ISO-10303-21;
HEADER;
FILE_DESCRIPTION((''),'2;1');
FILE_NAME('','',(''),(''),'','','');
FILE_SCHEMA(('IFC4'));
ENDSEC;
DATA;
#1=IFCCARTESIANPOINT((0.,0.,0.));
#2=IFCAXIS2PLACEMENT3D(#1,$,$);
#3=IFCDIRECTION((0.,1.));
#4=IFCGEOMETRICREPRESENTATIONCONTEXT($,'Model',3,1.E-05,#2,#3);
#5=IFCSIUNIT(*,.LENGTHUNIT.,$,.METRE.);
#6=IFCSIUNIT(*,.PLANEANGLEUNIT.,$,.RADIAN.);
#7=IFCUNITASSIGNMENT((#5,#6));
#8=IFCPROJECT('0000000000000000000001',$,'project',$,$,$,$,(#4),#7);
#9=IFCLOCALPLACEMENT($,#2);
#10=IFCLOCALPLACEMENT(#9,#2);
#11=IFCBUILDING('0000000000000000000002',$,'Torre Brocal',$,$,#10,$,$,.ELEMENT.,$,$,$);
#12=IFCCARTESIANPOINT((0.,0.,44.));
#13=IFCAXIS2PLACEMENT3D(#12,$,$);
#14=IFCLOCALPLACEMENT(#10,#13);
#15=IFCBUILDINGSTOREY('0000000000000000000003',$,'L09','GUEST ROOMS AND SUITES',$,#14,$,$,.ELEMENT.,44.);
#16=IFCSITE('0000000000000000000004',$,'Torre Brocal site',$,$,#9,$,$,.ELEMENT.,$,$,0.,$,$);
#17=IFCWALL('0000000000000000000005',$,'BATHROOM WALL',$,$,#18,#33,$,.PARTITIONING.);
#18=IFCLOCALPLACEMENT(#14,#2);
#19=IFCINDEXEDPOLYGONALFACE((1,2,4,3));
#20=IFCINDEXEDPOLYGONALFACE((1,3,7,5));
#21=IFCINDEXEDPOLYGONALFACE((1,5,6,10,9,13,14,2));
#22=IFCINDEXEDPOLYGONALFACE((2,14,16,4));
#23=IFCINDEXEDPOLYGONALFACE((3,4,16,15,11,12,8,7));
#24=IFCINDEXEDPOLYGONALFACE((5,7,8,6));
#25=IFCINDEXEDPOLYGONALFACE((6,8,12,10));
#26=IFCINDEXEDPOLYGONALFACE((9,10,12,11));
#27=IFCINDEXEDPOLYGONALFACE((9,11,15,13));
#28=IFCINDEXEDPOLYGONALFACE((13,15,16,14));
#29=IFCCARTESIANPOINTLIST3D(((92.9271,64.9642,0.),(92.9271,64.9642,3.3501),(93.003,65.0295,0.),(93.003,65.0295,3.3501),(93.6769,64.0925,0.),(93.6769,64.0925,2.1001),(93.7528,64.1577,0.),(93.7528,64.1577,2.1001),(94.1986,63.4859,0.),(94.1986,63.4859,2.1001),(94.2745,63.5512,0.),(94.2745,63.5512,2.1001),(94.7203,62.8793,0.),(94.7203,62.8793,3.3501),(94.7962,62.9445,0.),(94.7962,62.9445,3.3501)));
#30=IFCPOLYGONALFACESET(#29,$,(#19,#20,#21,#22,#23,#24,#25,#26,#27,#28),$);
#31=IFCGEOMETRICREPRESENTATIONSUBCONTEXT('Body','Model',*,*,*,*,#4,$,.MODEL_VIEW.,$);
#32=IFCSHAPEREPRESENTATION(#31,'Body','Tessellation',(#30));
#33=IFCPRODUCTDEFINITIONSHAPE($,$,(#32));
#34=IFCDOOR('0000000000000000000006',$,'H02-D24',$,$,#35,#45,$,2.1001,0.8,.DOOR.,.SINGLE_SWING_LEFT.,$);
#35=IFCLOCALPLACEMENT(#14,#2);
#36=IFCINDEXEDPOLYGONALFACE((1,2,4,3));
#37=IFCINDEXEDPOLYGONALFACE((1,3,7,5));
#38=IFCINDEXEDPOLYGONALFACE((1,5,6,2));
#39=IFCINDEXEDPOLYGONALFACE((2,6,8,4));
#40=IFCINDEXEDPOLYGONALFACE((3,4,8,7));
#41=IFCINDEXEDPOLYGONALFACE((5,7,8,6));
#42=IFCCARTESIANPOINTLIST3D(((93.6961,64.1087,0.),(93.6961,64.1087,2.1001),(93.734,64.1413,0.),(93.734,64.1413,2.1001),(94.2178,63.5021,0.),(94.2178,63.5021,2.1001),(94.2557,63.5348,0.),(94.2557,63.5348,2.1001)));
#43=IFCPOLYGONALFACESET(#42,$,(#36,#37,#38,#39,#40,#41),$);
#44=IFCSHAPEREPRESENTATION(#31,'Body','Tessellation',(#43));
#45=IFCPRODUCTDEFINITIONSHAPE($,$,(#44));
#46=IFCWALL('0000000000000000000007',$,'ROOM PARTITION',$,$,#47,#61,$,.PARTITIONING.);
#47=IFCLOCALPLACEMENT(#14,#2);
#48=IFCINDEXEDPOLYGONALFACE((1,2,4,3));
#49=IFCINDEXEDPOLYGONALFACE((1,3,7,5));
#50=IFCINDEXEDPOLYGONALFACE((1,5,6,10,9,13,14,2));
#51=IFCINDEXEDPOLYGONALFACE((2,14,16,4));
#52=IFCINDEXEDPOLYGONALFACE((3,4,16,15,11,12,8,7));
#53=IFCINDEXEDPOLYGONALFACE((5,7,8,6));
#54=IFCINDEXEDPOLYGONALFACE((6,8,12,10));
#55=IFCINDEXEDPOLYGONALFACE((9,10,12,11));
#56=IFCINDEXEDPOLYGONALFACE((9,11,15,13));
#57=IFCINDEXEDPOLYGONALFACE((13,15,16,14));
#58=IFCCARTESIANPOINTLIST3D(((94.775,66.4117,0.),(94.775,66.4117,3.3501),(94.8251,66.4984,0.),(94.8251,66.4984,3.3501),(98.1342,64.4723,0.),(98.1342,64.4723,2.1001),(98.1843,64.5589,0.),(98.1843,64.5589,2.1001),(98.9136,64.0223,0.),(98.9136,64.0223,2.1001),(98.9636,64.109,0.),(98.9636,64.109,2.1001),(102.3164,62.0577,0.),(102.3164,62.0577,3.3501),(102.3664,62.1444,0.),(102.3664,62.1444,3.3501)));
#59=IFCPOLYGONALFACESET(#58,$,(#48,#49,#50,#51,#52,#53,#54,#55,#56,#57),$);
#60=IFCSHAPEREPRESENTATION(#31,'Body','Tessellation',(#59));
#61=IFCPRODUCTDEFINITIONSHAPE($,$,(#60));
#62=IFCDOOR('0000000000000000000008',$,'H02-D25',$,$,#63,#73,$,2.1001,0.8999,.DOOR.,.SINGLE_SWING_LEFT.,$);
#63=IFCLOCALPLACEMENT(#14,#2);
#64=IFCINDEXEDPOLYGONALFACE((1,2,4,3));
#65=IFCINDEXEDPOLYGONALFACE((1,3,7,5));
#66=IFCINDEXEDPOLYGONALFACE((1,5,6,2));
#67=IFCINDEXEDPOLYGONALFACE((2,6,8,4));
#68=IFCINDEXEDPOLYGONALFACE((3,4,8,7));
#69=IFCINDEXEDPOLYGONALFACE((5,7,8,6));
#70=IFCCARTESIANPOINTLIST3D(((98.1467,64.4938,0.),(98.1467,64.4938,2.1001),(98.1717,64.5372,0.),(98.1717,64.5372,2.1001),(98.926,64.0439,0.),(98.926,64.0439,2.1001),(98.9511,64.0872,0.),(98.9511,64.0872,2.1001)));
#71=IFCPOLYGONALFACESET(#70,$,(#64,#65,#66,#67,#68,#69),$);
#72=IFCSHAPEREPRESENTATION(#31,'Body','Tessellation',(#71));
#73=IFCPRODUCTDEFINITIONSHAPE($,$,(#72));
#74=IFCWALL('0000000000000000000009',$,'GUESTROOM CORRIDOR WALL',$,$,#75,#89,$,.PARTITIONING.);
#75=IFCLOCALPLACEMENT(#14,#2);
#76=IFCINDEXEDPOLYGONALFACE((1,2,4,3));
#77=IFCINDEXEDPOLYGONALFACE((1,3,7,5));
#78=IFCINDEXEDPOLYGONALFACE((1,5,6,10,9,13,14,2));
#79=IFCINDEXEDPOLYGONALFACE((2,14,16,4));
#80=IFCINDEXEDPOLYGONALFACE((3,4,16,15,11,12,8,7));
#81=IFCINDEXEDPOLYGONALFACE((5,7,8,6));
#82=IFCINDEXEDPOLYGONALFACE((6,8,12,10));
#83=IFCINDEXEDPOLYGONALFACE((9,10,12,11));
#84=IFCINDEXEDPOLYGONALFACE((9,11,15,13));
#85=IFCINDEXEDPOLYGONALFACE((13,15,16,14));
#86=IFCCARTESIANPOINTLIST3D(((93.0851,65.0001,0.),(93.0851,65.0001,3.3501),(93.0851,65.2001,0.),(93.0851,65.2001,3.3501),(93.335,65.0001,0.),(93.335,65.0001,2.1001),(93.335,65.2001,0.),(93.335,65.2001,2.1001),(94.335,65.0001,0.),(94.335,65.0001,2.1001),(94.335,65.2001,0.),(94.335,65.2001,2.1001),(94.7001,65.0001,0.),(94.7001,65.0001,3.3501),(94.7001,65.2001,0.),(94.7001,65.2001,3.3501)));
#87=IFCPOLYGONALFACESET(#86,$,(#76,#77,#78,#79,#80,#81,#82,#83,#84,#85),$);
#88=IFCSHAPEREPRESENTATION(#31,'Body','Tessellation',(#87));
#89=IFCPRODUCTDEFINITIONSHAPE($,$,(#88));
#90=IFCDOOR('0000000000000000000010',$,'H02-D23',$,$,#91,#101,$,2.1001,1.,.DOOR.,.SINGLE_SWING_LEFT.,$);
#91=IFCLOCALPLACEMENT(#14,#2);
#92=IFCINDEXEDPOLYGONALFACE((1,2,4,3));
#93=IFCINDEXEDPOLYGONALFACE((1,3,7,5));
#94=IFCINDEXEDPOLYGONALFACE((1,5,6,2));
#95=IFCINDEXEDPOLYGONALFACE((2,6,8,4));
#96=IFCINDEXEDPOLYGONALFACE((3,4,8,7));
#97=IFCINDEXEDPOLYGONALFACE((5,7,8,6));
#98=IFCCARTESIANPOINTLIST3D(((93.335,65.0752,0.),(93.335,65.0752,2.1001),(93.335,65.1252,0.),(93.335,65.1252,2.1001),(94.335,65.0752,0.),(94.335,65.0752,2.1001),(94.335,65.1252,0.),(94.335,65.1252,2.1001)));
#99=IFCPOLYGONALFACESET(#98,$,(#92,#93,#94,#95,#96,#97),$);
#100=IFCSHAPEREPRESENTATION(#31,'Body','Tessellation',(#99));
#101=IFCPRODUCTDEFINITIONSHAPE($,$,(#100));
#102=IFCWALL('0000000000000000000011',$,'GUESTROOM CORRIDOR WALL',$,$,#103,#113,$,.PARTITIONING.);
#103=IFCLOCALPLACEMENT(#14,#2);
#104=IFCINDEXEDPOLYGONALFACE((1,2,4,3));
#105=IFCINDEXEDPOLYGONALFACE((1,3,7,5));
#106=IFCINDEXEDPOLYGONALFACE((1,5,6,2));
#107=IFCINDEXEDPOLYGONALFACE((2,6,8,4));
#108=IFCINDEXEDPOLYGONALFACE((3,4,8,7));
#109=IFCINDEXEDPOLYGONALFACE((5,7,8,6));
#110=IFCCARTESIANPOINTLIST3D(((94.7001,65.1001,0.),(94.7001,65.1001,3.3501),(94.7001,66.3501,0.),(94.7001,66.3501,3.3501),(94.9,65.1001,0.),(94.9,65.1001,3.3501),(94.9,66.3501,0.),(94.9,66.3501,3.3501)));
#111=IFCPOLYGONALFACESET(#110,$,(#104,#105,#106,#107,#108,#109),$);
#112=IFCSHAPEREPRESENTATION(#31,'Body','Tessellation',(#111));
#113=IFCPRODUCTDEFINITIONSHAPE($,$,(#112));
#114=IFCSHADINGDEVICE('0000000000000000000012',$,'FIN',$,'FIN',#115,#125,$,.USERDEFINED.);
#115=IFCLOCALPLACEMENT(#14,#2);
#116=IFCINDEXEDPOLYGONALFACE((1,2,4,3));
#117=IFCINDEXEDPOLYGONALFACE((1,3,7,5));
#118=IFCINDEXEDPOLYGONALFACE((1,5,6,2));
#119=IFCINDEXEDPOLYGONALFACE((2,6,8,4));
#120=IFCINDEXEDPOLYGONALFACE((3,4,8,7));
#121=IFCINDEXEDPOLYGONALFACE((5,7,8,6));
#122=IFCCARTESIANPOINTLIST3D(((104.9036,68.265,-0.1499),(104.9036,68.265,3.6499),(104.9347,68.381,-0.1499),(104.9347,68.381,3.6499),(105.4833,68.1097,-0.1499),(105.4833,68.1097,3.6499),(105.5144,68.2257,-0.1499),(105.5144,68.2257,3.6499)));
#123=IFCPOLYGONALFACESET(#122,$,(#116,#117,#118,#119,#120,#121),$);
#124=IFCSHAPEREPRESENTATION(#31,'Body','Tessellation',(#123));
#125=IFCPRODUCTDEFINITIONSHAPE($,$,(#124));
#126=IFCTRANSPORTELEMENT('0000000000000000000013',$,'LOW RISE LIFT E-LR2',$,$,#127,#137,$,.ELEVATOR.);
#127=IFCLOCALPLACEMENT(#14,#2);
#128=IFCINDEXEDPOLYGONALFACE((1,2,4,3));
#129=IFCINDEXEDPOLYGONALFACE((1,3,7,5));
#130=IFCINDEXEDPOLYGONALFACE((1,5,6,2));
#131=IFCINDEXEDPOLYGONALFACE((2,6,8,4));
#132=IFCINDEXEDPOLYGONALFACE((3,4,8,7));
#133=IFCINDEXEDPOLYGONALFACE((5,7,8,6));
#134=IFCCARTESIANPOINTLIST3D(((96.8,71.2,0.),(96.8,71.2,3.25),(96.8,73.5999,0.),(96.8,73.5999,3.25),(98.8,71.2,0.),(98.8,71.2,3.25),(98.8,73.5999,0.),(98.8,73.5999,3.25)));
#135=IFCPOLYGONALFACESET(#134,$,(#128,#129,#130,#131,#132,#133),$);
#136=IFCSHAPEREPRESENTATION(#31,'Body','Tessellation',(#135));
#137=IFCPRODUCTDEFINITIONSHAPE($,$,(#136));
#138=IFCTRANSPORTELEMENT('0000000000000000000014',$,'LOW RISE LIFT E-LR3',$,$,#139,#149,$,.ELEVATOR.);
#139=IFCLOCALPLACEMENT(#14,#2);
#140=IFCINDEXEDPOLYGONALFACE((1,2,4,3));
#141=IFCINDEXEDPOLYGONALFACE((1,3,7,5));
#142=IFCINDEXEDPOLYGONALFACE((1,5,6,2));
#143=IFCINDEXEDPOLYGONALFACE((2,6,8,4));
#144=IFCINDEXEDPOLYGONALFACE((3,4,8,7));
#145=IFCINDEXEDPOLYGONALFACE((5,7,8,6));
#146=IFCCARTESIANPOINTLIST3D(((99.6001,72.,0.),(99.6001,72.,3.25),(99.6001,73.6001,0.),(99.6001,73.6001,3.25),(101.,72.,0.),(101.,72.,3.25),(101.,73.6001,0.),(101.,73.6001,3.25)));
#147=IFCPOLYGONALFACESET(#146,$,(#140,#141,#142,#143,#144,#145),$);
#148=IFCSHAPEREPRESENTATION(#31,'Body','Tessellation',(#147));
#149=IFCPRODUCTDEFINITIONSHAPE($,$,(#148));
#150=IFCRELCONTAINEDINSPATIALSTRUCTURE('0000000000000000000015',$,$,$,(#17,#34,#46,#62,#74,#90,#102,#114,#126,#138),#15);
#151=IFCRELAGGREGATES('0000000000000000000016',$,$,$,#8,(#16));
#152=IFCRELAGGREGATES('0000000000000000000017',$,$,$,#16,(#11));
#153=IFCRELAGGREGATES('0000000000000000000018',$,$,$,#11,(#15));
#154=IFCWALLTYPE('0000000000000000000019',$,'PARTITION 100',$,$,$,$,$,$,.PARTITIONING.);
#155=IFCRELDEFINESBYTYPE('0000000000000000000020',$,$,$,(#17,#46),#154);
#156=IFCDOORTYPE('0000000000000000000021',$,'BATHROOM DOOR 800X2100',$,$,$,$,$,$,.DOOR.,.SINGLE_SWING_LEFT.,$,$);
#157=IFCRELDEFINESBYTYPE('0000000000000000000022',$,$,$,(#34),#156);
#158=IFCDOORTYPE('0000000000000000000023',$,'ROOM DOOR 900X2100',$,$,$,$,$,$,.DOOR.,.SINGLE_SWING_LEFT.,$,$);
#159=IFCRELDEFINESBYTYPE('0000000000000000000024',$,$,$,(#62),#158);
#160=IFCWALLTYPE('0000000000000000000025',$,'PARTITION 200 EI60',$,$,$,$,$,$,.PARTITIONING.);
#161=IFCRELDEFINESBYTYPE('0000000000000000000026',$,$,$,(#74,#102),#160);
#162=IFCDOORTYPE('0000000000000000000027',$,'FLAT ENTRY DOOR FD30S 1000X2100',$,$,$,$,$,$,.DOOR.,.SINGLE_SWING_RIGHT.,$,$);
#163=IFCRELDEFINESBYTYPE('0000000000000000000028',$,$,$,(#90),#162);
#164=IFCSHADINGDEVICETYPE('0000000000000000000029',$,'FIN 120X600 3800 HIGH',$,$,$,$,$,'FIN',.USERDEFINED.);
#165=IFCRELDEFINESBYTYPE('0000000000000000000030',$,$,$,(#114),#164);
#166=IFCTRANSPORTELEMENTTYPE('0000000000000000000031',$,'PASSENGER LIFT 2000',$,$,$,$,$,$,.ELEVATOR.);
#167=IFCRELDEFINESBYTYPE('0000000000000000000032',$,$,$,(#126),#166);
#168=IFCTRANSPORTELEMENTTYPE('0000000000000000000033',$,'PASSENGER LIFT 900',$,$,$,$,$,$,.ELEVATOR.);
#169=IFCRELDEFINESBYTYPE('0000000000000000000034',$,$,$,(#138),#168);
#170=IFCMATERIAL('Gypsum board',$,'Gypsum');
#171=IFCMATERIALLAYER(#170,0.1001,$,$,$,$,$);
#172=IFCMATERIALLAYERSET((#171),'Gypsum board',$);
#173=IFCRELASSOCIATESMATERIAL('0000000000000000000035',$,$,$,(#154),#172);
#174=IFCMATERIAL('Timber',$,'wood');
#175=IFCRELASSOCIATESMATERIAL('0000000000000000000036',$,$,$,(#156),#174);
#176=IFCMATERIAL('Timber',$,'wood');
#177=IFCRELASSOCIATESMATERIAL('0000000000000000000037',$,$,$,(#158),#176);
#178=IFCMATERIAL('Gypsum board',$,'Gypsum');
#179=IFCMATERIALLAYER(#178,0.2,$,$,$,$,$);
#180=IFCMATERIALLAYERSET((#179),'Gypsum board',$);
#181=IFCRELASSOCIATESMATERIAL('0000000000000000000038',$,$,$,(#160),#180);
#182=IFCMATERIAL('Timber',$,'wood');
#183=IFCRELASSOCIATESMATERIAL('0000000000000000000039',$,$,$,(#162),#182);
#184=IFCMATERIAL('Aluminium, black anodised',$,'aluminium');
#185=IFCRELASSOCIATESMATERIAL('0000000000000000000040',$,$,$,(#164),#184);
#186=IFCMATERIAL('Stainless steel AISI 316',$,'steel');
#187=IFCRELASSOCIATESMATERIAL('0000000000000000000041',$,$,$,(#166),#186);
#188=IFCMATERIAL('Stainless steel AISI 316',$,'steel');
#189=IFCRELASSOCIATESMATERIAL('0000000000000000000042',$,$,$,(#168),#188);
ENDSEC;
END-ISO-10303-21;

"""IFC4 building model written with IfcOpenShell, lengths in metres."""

from ifc_helpers import new_model, si_unit, direction, frame, frame_2d, origin, origin_2d, place, context, subcontext, project, spatial, rectangle, extrude, material, layer, layer_set, material_profile, profile_set, type_object, element, fill, save


model = new_model("IFC4")

# Units and contexts
model_context = context("Model", 3, precision=1e-05, world=origin(), true_north=direction((0.0, 1.0)))
body_context = subcontext(model_context, "Body", "Model", "MODEL_VIEW")
ifc_project = project(units=[si_unit("LENGTHUNIT", "METRE"), si_unit("PLANEANGLEUNIT", "RADIAN")], contexts=[model_context])

# Site, building, storey
site_placement = place(None, origin())
site = spatial("IfcSite", under=ifc_project, at=site_placement, Name="Torre Brocal site", CompositionType="ELEMENT", RefElevation=0.0)
building_placement = place(site_placement, origin())
building = spatial("IfcBuilding", under=site, at=building_placement, Name="Torre Brocal", CompositionType="ELEMENT")
storey_placement = place(building_placement, frame((0.0, 0.0, 44.0)))
storey = spatial("IfcBuildingStorey", under=building, at=storey_placement, Name="L09", Description="GUEST ROOMS AND SUITES", CompositionType="ELEMENT", Elevation=44.0)

# Walls, openings, doors
ifc_material_1 = material(Name="Gypsum board", Category="Gypsum")
ifc_layer_1 = layer(ifc_material_1, 0.1001)
ifc_layer_set_1 = layer_set([ifc_layer_1], Name="Gypsum board")
wall_type_1 = type_object("IfcWallType", Name="PARTITION 100", PredefinedType="PARTITIONING", material=ifc_layer_set_1)
wall_1_placement = place(storey_placement, frame((92.9651, 64.9968, 0.0), z_axis=(0.0, 0.0, 1.0), x_axis=(0.65207, -0.758159, 0.0)))
wall_1 = element("IfcWall", 1, at=wall_1_placement, inside=storey, type_object=wall_type_1, Name="BATHROOM WALL", PredefinedType="PARTITIONING", context=body_context, shape_type="SweptSolid", body=[
    extrude(rectangle(XDim=2.75, YDim=0.1001, at=frame_2d((1.375, 0.0))), origin(), (0.0, 0.0, 1.0), 3.3501),
])
opening_1_placement = place(wall_1_placement, frame((1.1499, 0.0, 0.0)))
opening_1 = element("IfcOpeningElement", 2, at=opening_1_placement, cuts=wall_1, PredefinedType="OPENING", context=body_context, shape_type="SweptSolid", body=[
    extrude(rectangle(XDim=0.8, YDim=2.1001, at=frame_2d((0.3999, 1.05))), frame((0.0, 0.0601, 0.0), z_axis=(0.0, -1.0, 0.0), x_axis=(1.0, 0.0, 0.0)), (0.0, 0.0, 1.0), 0.1201),
])
ifc_material_2 = material(Name="Timber", Category="wood")
door_type_1 = type_object("IfcDoorType", Name="BATHROOM DOOR 800X2100", OperationType="SINGLE_SWING_LEFT", PredefinedType="DOOR", material=ifc_material_2)
door_1_placement = place(opening_1_placement, frame((0.8, 0.0, 0.0), z_axis=(0.0, 0.0, 1.0), x_axis=(-1.0, 0.0, 0.0)))
door_1 = element("IfcDoor", 3, at=door_1_placement, inside=storey, type_object=door_type_1, Name="H02-D24", OperationType="SINGLE_SWING_LEFT", OverallHeight=2.1001, OverallWidth=0.8, PredefinedType="DOOR", context=body_context, shape_type="SweptSolid", body=[
    extrude(rectangle(XDim=0.8, YDim=2.1001, at=frame_2d((0.3999, 1.05))), frame((0.0, 0.0249, 0.0), z_axis=(0.0, -1.0, 0.0), x_axis=(1.0, 0.0, 0.0)), (0.0, 0.0, 1.0), 0.05),
])
fill(opening_1, door_1)
wall_2_placement = place(storey_placement, frame((94.8, 66.4551, 0.0), z_axis=(0.0, 0.0, 1.0), x_axis=(0.866023, -0.500005, 0.0)))
wall_2 = element("IfcWall", 4, at=wall_2_placement, inside=storey, type_object=wall_type_1, Name="ROOM PARTITION", PredefinedType="PARTITIONING", context=body_context, shape_type="SweptSolid", body=[
    extrude(rectangle(XDim=8.708, YDim=0.1001, at=frame_2d((4.354, 0.0))), origin(), (0.0, 0.0, 1.0), 3.3501),
])
opening_2_placement = place(wall_2_placement, frame((3.8789, 0.0, 0.0)))
opening_2 = element("IfcOpeningElement", 5, at=opening_2_placement, cuts=wall_2, PredefinedType="OPENING", context=body_context, shape_type="SweptSolid", body=[
    extrude(rectangle(XDim=0.8999, YDim=2.1001, at=frame_2d((0.45, 1.05))), frame((0.0, 0.0601, 0.0), z_axis=(0.0, -1.0, 0.0), x_axis=(1.0, 0.0, 0.0)), (0.0, 0.0, 1.0), 0.1201),
])
ifc_material_3 = material(Name="Timber", Category="wood")
door_type_2 = type_object("IfcDoorType", Name="ROOM DOOR 900X2100", OperationType="SINGLE_SWING_LEFT", PredefinedType="DOOR", material=ifc_material_3)
door_2_placement = place(opening_2_placement, origin())
door_2 = element("IfcDoor", 6, at=door_2_placement, inside=storey, type_object=door_type_2, Name="H02-D25", OperationType="SINGLE_SWING_LEFT", OverallHeight=2.1001, OverallWidth=0.8999, PredefinedType="DOOR", context=body_context, shape_type="SweptSolid", body=[
    extrude(rectangle(XDim=0.8999, YDim=2.1001, at=frame_2d((0.45, 1.05))), frame((0.0, 0.0249, 0.0), z_axis=(0.0, -1.0, 0.0), x_axis=(1.0, 0.0, 0.0)), (0.0, 0.0, 1.0), 0.05),
])
fill(opening_2, door_2)
ifc_material_4 = material(Name="Gypsum board", Category="Gypsum")
ifc_layer_2 = layer(ifc_material_4, 0.2)
ifc_layer_set_2 = layer_set([ifc_layer_2], Name="Gypsum board")
wall_type_2 = type_object("IfcWallType", Name="PARTITION 200 EI60", PredefinedType="PARTITIONING", material=ifc_layer_set_2)
wall_3_placement = place(storey_placement, frame((93.085, 65.1001, 0.0), z_axis=(0.0, 0.0, 1.0), x_axis=(1.0, 0.0, 0.0)))
wall_3 = element("IfcWall", 7, at=wall_3_placement, inside=storey, type_object=wall_type_2, Name="GUESTROOM CORRIDOR WALL", PredefinedType="PARTITIONING", context=body_context, shape_type="SweptSolid", body=[
    extrude(rectangle(XDim=1.615, YDim=0.2, at=frame_2d((0.8076, 0.0))), origin(), (0.0, 0.0, 1.0), 3.3501),
])
opening_3_placement = place(wall_3_placement, frame((0.25, 0.0, 0.0)))
opening_3 = element("IfcOpeningElement", 8, at=opening_3_placement, cuts=wall_3, PredefinedType="OPENING", context=body_context, shape_type="SweptSolid", body=[
    extrude(rectangle(XDim=1.0, YDim=2.1001, at=frame_2d((0.5, 1.05))), frame((0.0, 0.1099, 0.0), z_axis=(0.0, -1.0, 0.0), x_axis=(1.0, 0.0, 0.0)), (0.0, 0.0, 1.0), 0.22),
])
ifc_material_5 = material(Name="Timber", Category="wood")
door_type_3 = type_object("IfcDoorType", Name="FLAT ENTRY DOOR FD30S 1000X2100", OperationType="SINGLE_SWING_RIGHT", PredefinedType="DOOR", material=ifc_material_5)
door_3_placement = place(opening_3_placement, frame((1.0, 0.0, 0.0), z_axis=(0.0, 0.0, 1.0), x_axis=(-1.0, 0.0, 0.0)))
door_3 = element("IfcDoor", 9, at=door_3_placement, inside=storey, type_object=door_type_3, Name="H02-D23", OperationType="SINGLE_SWING_LEFT", OverallHeight=2.1001, OverallWidth=1.0, PredefinedType="DOOR", context=body_context, shape_type="SweptSolid", body=[
    extrude(rectangle(XDim=1.0, YDim=2.1001, at=frame_2d((0.5, 1.05))), frame((0.0, 0.0249, 0.0), z_axis=(0.0, -1.0, 0.0), x_axis=(1.0, 0.0, 0.0)), (0.0, 0.0, 1.0), 0.05),
])
fill(opening_3, door_3)

# Wall
wall_4_placement = place(storey_placement, frame((94.8, 65.1001, 0.0), z_axis=(0.0, 0.0, 1.0), x_axis=(0.0, 1.0, 0.0)))
element("IfcWall", 10, at=wall_4_placement, inside=storey, type_object=wall_type_2, Name="GUESTROOM CORRIDOR WALL", PredefinedType="PARTITIONING", context=body_context, shape_type="SweptSolid", body=[
    extrude(rectangle(XDim=1.25, YDim=0.2, at=frame_2d((0.625, 0.0))), origin(), (0.0, 0.0, 1.0), 3.3501),
])

# Shading device
ifc_material_6 = material(Name="Aluminium, black anodised", Category="aluminium")
ifc_material_profile_1 = material_profile(ifc_material_6, rectangle(XDim=0.1201, YDim=0.6001, at=origin_2d()), Name="FIN 120X600 3800 HIGH")
ifc_profile_set_1 = profile_set([ifc_material_profile_1], Name="Aluminium, black anodised")
shading_device_type = type_object("IfcShadingDeviceType", Name="FIN 120X600 3800 HIGH", ElementType="FIN", PredefinedType="USERDEFINED", material=ifc_profile_set_1)
shading_device_placement = place(storey_placement, frame((105.209, 68.2454, -0.1499), z_axis=(0.0, 0.0, 1.0), x_axis=(0.258819, 0.965926, 0.0)))
element("IfcShadingDevice", 11, at=shading_device_placement, inside=storey, type_object=shading_device_type, Name="FIN", ObjectType="FIN", PredefinedType="USERDEFINED", context=body_context, shape_type="SweptSolid", body=[
    extrude(rectangle(XDim=0.1201, YDim=0.6001, at=origin_2d()), origin(), (0.0, 0.0, 1.0), 3.7998),
])

# Transport elements
ifc_material_7 = material(Name="Stainless steel AISI 316", Category="steel")
transport_element_type_1 = type_object("IfcTransportElementType", Name="PASSENGER LIFT 2000", PredefinedType="ELEVATOR", material=ifc_material_7)
transport_element_1_placement = place(storey_placement, frame((97.8, 72.3999, 0.0), z_axis=(0.0, 0.0, 1.0), x_axis=(1.0, 0.0, 0.0)))
element("IfcTransportElement", 12, at=transport_element_1_placement, inside=storey, type_object=transport_element_type_1, Name="LOW RISE LIFT E-LR2", PredefinedType="ELEVATOR", context=body_context, shape_type="SweptSolid", body=[
    extrude(rectangle(XDim=2.0, YDim=2.3999, at=origin_2d()), origin(), (0.0, 0.0, 1.0), 3.25),
])
ifc_material_8 = material(Name="Stainless steel AISI 316", Category="steel")
transport_element_type_2 = type_object("IfcTransportElementType", Name="PASSENGER LIFT 900", PredefinedType="ELEVATOR", material=ifc_material_8)
transport_element_2_placement = place(storey_placement, frame((100.3, 72.8, 0.0), z_axis=(0.0, 0.0, 1.0), x_axis=(1.0, 0.0, 0.0)))
element("IfcTransportElement", 13, at=transport_element_2_placement, inside=storey, type_object=transport_element_type_2, Name="LOW RISE LIFT E-LR3", PredefinedType="ELEVATOR", context=body_context, shape_type="SweptSolid", body=[
    extrude(rectangle(XDim=1.3999, YDim=1.6001, at=origin_2d()), origin(), (0.0, 0.0, 1.0), 3.25),
])

save(model, "model.ifc")
